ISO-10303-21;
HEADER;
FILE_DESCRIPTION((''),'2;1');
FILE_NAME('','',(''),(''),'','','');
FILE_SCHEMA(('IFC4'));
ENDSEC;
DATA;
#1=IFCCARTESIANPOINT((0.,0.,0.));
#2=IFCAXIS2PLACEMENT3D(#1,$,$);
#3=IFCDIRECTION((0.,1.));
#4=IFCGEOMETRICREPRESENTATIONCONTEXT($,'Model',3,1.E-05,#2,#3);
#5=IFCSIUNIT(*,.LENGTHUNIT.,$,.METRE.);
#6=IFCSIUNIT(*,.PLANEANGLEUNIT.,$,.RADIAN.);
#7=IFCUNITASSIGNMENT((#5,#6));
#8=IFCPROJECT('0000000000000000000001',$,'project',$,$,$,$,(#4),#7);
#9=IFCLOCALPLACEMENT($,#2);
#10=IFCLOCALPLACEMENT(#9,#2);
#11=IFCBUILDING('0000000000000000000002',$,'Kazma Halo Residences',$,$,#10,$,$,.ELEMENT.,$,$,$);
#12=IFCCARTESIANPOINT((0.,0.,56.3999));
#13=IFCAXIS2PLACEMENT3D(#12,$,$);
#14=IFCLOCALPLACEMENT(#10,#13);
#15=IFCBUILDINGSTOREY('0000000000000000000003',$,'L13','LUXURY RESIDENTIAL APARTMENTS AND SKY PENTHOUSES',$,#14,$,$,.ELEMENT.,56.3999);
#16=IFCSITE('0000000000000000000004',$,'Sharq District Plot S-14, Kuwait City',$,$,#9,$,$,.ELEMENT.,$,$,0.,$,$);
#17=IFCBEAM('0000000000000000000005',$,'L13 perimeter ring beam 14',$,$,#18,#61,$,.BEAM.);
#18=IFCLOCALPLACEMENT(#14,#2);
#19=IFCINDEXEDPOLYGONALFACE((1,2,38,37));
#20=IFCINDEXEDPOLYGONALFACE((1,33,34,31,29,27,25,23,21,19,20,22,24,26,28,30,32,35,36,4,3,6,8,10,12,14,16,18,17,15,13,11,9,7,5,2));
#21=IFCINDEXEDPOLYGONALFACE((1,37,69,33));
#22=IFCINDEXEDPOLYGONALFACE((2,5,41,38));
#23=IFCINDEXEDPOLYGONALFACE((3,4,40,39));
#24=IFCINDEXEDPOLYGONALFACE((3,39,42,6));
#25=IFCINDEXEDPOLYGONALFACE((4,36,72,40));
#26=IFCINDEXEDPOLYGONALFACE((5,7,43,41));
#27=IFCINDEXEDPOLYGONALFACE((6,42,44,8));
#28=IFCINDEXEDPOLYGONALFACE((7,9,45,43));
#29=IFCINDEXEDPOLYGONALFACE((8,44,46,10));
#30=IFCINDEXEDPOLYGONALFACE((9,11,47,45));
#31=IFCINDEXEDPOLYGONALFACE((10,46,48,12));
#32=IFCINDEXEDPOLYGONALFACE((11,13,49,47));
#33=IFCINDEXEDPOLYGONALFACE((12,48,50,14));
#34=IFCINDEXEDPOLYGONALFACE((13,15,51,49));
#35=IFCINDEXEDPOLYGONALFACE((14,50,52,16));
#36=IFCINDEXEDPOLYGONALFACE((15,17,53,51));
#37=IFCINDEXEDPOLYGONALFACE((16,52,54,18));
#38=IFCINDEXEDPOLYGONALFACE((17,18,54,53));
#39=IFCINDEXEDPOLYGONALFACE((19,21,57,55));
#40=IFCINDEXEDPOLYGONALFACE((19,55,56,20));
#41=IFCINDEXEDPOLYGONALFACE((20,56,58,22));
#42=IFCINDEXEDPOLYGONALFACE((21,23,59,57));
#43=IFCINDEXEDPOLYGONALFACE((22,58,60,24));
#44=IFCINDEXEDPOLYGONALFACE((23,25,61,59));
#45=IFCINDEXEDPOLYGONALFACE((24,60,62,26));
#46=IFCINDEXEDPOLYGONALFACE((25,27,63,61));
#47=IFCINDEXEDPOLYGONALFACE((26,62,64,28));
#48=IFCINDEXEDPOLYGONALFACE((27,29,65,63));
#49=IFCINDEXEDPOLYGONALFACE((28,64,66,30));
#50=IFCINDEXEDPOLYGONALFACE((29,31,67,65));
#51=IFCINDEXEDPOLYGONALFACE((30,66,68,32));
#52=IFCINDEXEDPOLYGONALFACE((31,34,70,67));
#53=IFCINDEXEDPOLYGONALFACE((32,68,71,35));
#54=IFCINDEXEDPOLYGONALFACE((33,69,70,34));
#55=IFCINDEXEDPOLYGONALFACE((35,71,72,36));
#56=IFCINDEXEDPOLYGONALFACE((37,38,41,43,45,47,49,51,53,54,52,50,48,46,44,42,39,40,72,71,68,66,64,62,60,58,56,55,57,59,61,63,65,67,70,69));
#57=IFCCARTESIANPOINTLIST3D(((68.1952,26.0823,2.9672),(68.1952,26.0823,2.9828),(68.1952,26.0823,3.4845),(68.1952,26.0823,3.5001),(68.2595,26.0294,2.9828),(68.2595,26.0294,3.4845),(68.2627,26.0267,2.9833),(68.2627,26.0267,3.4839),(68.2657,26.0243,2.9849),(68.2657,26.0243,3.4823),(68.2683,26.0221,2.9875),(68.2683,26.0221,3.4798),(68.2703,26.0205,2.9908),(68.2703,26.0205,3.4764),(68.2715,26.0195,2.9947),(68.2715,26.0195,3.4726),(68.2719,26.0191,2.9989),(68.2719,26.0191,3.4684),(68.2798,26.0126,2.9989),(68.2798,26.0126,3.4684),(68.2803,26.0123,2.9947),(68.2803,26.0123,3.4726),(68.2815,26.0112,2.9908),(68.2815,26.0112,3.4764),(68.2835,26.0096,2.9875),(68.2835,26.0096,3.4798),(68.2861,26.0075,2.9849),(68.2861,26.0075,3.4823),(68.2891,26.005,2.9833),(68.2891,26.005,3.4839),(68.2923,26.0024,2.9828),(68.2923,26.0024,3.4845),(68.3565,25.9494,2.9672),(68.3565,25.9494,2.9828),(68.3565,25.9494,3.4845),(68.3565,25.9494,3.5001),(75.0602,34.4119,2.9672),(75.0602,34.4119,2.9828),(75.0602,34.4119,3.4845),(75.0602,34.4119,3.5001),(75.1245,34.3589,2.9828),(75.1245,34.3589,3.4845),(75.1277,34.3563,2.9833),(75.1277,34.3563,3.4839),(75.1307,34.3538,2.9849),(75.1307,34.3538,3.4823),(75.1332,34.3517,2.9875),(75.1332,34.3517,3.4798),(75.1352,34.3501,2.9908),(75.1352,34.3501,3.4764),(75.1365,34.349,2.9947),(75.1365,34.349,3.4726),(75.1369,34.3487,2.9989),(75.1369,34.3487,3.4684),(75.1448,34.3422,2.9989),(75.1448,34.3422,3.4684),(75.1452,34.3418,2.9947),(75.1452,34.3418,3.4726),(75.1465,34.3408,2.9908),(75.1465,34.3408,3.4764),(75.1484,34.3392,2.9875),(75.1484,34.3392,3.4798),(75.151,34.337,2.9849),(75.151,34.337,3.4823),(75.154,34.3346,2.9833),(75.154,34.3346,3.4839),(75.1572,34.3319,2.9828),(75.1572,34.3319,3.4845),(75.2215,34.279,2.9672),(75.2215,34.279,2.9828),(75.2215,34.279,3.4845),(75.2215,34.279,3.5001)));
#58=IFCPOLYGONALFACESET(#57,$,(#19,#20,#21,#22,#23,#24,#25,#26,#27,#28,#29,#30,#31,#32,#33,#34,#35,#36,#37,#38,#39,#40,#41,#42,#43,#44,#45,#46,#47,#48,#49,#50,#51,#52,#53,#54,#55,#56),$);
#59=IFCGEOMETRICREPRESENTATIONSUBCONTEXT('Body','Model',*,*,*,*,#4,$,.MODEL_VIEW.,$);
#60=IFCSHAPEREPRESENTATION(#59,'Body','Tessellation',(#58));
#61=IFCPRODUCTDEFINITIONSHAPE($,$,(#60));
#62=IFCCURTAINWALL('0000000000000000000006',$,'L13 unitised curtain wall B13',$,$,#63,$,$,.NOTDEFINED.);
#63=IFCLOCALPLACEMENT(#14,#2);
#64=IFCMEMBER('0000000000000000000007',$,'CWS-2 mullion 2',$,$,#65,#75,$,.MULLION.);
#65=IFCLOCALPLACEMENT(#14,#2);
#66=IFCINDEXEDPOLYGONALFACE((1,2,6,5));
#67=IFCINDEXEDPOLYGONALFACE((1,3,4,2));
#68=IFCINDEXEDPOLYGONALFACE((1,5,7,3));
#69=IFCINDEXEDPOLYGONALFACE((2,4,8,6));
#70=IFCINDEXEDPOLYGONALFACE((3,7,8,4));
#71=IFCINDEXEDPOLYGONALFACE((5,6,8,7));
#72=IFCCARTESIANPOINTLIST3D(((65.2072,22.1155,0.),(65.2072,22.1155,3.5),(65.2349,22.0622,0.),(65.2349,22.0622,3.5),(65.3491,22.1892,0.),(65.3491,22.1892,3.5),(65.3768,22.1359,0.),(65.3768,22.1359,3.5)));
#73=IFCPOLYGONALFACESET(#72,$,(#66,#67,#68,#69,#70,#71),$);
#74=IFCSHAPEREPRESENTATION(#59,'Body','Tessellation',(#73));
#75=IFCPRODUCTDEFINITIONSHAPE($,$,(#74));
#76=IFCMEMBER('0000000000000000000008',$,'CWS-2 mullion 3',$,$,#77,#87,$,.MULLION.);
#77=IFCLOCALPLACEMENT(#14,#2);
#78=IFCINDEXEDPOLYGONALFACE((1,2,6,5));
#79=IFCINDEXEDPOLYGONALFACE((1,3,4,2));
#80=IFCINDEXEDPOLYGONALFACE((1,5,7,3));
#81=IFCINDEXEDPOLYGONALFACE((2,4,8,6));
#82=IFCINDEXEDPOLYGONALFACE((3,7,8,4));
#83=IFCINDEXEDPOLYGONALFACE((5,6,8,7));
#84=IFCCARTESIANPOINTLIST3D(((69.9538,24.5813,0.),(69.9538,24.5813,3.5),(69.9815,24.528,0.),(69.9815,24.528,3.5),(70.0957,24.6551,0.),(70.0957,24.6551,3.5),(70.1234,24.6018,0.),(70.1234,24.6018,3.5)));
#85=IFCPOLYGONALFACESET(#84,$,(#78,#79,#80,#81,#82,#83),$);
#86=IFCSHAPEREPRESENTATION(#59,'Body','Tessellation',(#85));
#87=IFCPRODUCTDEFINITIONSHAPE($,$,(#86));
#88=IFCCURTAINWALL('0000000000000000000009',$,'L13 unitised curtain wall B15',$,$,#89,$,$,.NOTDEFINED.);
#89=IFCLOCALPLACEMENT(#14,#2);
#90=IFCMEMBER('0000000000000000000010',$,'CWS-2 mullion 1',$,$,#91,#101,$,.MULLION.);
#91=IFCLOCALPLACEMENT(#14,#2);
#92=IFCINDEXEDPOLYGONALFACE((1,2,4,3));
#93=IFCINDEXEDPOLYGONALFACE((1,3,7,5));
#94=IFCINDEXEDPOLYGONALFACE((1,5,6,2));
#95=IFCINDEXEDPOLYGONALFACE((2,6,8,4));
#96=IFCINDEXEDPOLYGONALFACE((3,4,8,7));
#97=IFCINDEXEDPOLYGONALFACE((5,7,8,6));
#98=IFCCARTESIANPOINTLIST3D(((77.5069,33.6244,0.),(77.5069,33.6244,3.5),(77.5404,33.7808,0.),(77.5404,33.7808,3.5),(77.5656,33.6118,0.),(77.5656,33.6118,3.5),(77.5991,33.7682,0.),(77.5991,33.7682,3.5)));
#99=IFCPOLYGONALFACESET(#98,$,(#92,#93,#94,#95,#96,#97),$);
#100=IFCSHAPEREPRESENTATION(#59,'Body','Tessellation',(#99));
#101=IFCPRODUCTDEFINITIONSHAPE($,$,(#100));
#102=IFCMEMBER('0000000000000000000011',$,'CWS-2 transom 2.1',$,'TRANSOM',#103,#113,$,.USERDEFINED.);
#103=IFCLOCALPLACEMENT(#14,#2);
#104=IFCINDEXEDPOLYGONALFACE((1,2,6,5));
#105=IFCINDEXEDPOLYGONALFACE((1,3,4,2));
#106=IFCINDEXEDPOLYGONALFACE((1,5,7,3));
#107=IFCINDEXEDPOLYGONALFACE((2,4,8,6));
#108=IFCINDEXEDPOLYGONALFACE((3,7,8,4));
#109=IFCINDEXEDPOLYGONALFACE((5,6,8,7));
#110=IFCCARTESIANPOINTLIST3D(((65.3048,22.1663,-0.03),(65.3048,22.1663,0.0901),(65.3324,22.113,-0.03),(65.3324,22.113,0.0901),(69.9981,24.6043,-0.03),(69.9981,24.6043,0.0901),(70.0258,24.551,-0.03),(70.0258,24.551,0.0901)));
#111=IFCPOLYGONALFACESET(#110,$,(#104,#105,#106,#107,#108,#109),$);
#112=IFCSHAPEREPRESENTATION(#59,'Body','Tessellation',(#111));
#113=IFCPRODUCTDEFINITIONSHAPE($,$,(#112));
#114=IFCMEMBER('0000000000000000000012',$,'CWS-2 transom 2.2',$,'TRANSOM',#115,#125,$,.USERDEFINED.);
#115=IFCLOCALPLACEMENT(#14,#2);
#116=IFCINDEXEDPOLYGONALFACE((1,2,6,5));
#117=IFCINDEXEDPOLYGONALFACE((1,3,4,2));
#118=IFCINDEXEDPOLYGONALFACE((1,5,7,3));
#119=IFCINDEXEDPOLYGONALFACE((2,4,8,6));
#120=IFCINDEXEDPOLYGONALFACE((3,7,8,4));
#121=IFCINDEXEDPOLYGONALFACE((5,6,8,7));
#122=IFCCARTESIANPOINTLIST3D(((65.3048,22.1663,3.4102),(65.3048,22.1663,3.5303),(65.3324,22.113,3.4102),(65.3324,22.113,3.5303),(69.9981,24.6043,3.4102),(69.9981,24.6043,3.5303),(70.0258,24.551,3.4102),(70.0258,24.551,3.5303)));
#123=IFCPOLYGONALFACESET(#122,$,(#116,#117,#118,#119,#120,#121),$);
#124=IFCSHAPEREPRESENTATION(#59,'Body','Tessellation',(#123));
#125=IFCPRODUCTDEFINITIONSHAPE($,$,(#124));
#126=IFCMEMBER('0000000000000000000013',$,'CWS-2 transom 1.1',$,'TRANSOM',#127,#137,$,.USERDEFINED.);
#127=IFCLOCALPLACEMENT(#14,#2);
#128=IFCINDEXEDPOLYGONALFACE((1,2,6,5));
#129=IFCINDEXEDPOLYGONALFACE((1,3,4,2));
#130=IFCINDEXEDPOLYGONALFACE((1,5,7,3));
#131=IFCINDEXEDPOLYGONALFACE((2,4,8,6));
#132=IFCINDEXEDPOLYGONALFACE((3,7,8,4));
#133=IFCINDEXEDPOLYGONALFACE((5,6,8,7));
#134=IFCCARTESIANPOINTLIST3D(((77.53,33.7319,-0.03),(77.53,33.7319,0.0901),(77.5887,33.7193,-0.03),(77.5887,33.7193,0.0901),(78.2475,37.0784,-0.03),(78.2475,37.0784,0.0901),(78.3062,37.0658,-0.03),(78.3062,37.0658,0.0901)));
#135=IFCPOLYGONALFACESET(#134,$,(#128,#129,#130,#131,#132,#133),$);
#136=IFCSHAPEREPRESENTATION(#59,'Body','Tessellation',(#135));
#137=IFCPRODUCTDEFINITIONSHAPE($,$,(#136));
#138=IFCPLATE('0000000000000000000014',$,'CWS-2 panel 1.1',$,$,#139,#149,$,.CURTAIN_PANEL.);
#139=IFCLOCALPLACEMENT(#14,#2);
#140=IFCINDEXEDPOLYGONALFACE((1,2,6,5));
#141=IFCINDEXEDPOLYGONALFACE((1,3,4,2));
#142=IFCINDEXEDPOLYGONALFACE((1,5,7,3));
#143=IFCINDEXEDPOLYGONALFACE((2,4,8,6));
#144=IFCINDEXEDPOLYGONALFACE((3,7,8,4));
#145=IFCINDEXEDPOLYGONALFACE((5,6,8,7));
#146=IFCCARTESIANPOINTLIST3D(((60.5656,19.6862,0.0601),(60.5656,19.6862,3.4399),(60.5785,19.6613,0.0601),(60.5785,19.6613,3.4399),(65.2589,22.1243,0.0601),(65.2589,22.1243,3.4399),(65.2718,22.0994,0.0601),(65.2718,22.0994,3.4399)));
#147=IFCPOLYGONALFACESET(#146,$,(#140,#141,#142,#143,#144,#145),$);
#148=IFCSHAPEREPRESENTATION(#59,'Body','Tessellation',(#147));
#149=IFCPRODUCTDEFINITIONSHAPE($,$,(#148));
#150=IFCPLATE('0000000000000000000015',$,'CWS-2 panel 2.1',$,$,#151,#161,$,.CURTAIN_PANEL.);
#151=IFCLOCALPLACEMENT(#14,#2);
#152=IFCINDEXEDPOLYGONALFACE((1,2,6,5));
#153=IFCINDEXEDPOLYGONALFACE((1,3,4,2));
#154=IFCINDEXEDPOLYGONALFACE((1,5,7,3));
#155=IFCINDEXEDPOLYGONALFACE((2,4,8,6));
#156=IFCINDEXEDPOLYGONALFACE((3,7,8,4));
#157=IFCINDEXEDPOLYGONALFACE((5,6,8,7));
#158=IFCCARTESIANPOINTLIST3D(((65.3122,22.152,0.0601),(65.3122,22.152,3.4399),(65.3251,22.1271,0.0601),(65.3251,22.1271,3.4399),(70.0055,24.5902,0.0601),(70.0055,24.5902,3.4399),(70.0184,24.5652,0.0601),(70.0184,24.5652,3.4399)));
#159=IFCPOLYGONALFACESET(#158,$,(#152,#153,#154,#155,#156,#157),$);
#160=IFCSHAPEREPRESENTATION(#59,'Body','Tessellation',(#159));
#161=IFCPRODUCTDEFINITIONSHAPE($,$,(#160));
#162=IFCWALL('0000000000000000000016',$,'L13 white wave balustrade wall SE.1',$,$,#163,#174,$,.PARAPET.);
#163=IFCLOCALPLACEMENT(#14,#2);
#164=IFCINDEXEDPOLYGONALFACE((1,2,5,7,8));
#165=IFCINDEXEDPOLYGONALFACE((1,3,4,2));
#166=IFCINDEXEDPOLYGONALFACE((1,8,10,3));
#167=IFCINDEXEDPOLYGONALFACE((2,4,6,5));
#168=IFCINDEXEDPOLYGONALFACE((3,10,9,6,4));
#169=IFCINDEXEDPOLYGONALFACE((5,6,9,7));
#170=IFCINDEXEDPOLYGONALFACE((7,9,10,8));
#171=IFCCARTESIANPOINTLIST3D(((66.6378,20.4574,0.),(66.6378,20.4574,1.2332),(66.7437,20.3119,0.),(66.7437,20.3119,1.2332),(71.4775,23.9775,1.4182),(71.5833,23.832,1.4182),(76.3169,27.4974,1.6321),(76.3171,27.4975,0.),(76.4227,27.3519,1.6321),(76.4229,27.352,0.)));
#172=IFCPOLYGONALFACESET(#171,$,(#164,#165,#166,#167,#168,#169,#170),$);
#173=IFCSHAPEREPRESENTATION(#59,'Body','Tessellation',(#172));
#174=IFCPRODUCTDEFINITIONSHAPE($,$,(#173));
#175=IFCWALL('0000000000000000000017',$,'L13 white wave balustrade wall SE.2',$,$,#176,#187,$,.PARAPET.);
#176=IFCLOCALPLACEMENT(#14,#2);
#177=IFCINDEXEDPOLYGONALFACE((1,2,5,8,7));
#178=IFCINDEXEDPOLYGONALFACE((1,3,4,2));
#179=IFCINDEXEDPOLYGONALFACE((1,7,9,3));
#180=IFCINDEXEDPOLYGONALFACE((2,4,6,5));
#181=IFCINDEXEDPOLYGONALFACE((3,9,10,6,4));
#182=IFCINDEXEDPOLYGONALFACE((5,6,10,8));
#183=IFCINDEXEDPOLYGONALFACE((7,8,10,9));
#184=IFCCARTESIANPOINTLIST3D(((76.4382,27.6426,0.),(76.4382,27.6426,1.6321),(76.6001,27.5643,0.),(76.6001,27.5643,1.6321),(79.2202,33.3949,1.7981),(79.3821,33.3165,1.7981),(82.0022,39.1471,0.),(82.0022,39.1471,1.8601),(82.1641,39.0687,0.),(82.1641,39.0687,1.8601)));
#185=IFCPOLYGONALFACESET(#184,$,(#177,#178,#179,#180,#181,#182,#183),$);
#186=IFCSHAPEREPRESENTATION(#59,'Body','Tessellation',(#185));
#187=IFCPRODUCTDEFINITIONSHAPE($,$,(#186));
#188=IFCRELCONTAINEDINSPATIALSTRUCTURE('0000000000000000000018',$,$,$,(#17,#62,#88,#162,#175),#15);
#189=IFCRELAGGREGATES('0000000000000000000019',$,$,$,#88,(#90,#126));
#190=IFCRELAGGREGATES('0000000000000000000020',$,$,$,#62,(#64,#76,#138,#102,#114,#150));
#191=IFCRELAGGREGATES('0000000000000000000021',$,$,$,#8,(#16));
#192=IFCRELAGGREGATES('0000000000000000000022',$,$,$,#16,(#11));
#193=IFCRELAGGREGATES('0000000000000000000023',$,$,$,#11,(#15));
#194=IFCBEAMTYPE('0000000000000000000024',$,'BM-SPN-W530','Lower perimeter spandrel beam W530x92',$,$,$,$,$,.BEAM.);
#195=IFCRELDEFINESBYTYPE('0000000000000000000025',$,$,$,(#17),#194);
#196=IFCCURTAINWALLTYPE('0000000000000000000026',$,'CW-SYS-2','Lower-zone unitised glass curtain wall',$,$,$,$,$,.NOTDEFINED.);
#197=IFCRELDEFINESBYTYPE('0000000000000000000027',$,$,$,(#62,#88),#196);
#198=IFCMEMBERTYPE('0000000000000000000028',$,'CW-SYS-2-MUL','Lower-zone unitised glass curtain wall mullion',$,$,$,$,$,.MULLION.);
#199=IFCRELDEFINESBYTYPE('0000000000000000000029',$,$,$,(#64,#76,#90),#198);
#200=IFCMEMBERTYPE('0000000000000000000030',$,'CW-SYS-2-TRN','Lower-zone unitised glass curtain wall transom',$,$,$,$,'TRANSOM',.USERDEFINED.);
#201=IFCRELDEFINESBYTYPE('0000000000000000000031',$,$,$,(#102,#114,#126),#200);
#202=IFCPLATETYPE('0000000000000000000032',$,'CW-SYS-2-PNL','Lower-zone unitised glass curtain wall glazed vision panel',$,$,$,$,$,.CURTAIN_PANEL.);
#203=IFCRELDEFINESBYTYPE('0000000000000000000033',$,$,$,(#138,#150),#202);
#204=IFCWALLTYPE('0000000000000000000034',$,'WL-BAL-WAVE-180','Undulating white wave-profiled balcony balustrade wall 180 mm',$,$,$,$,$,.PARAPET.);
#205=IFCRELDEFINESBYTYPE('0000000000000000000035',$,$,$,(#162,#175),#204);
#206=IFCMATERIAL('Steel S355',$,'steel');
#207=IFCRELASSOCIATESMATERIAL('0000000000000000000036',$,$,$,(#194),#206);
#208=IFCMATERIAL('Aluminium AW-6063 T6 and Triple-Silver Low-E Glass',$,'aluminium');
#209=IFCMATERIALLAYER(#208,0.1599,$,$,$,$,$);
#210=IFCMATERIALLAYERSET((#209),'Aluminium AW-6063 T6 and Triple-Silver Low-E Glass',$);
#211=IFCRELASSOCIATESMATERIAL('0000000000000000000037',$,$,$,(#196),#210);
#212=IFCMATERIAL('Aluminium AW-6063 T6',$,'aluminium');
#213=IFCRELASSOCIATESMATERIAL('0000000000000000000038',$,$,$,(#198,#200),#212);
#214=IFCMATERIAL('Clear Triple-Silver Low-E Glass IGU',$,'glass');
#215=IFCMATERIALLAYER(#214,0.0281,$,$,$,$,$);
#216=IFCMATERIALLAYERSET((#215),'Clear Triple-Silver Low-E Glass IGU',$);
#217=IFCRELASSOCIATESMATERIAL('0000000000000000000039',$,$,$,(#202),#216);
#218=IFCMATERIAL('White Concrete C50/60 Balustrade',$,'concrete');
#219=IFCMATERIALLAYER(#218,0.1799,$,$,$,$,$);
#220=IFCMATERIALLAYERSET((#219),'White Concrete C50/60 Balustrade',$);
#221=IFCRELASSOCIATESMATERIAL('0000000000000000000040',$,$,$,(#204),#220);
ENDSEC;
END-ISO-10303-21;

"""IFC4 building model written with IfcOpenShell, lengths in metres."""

from ifc_helpers import new_model, si_unit, direction, frame, origin, origin_2d, place, context, subcontext, project, spatial, polyline, rectangle, i_section, outline, extrude, material, layer, layer_set, material_profile, profile_set, type_object, element, aggregate, save


model = new_model("IFC4")

# Units and contexts
model_context = context("Model", 3, precision=1e-05, world=origin(), true_north=direction((0.0, 1.0)))
body_context = subcontext(model_context, "Body", "Model", "MODEL_VIEW")
ifc_project = project(units=[si_unit("LENGTHUNIT", "METRE"), si_unit("PLANEANGLEUNIT", "RADIAN")], contexts=[model_context])

# Site, building, storey
site_placement = place(None, origin())
site = spatial("IfcSite", under=ifc_project, at=site_placement, Name="Sharq District Plot S-14, Kuwait City", CompositionType="ELEMENT", RefElevation=0.0)
building_placement = place(site_placement, origin())
building = spatial("IfcBuilding", under=site, at=building_placement, Name="Kazma Halo Residences", CompositionType="ELEMENT")
storey_placement = place(building_placement, frame((0.0, 0.0, 56.3999)))
storey = spatial("IfcBuildingStorey", under=building, at=storey_placement, Name="L13", Description="LUXURY RESIDENTIAL APARTMENTS AND SKY PENTHOUSES", CompositionType="ELEMENT", Elevation=56.3999)

# Beam
ifc_material_1 = material(Name="Steel S355", Category="steel")
ifc_material_profile_1 = material_profile(ifc_material_1, i_section(OverallWidth=0.209, OverallDepth=0.533, WebThickness=0.0103, FlangeThickness=0.0156, FilletRadius=0.0161, at=origin_2d()), Name="W530x92")
ifc_profile_set_1 = profile_set([ifc_material_profile_1], Name="Steel S355")
beam_type_1 = type_object("IfcBeamType", Name="BM-SPN-W530", Description="Lower perimeter spandrel beam W530x92", PredefinedType="BEAM", material=ifc_profile_set_1)
beam_1_placement = place(storey_placement, frame((68.2759, 26.0159, 3.2336), z_axis=(0.636001, 0.771688, 0.0), x_axis=(-0.771688, 0.636001, 0.0)))
element("IfcBeam", 1, at=beam_1_placement, inside=storey, type_object=beam_type_1, Name="L13 perimeter ring beam 14", PredefinedType="BEAM", context=body_context, shape_type="SweptSolid", body=[
    extrude(i_section(OverallWidth=0.209, OverallDepth=0.533, WebThickness=0.0103, FlangeThickness=0.0156, FilletRadius=0.0161, at=origin_2d()), origin(), (0.0, 0.0, 1.0), 10.7939),
])

# Curtain wall, members
ifc_material_2 = material(Name="Aluminium AW-6063 T6 and Triple-Silver Low-E Glass", Category="aluminium")
ifc_layer_1 = layer(ifc_material_2, 0.1599)
ifc_layer_set_1 = layer_set([ifc_layer_1], Name="Aluminium AW-6063 T6 and Triple-Silver Low-E Glass")
curtain_wall_type = type_object("IfcCurtainWallType", Name="CW-SYS-2", Description="Lower-zone unitised glass curtain wall", PredefinedType="NOTDEFINED", material=ifc_layer_set_1)
curtain_wall_1_placement = place(storey_placement, origin())
curtain_wall_1 = element("IfcCurtainWall", 2, at=curtain_wall_1_placement, inside=storey, type_object=curtain_wall_type, Name="L13 unitised curtain wall B13", PredefinedType="NOTDEFINED")
ifc_material_3 = material(Name="Aluminium AW-6063 T6", Category="aluminium")
ifc_material_profile_2 = material_profile(ifc_material_3, rectangle(XDim=0.0601, YDim=0.1599, at=origin_2d()), Name="CWM-60x160")
ifc_profile_set_2 = profile_set([ifc_material_profile_2], Name="Aluminium AW-6063 T6")
member_type_1 = type_object("IfcMemberType", Name="CW-SYS-2-MUL", Description="Lower-zone unitised glass curtain wall mullion", PredefinedType="MULLION", material=ifc_profile_set_2)
member_1_placement = place(storey_placement, frame((65.292, 22.1257, 0.0), z_axis=(0.0, 0.0, 1.0), x_axis=(-0.460996, 0.887402, 0.0)))
member_1 = element("IfcMember", 3, at=member_1_placement, type_object=member_type_1, Name="CWS-2 mullion 2", PredefinedType="MULLION", context=body_context, shape_type="SweptSolid", body=[
    extrude(rectangle(XDim=0.0601, YDim=0.1599, at=origin_2d()), origin(), (0.0, 0.0, 1.0), 3.5),
])
member_2_placement = place(storey_placement, frame((70.0386, 24.5916, 0.0), z_axis=(0.0, 0.0, 1.0), x_axis=(-0.460996, 0.887402, 0.0)))
member_2 = element("IfcMember", 4, at=member_2_placement, type_object=member_type_1, Name="CWS-2 mullion 3", PredefinedType="MULLION", context=body_context, shape_type="SweptSolid", body=[
    extrude(rectangle(XDim=0.0601, YDim=0.1599, at=origin_2d()), origin(), (0.0, 0.0, 1.0), 3.5),
])

# Curtain wall, member
curtain_wall_2_placement = place(storey_placement, origin())
curtain_wall_2 = element("IfcCurtainWall", 5, at=curtain_wall_2_placement, inside=storey, type_object=curtain_wall_type, Name="L13 unitised curtain wall B15", PredefinedType="NOTDEFINED")
member_3_placement = place(storey_placement, frame((77.553, 33.6963, 0.0), z_axis=(0.0, 0.0, 1.0), x_axis=(-0.977779, 0.209637, 0.0)))
member_3 = element("IfcMember", 6, at=member_3_placement, type_object=member_type_1, Name="CWS-2 mullion 1", PredefinedType="MULLION", context=body_context, shape_type="SweptSolid", body=[
    extrude(rectangle(XDim=0.0601, YDim=0.1599, at=origin_2d()), origin(), (0.0, 0.0, 1.0), 3.5),
])

# Members
ifc_material_profile_3 = material_profile(ifc_material_3, rectangle(XDim=0.0601, YDim=0.1201, at=origin_2d()), Name="CWT-60x120")
ifc_profile_set_3 = profile_set([ifc_material_profile_3], Name="Aluminium AW-6063 T6")
member_type_2 = type_object("IfcMemberType", Name="CW-SYS-2-TRN", Description="Lower-zone unitised glass curtain wall transom", ElementType="TRANSOM", PredefinedType="USERDEFINED", material=ifc_profile_set_3)
member_4_placement = place(storey_placement, frame((65.3186, 22.1396, 0.03), z_axis=(0.887415, 0.460972, 0.0), x_axis=(-0.460972, 0.887415, 0.0)))
member_4 = element("IfcMember", 7, at=member_4_placement, type_object=member_type_2, Name="CWS-2 transom 2.1", ObjectType="TRANSOM", PredefinedType="USERDEFINED", context=body_context, shape_type="SweptSolid", body=[
    extrude(rectangle(XDim=0.0601, YDim=0.1201, at=origin_2d()), origin(), (0.0, 0.0, 1.0), 5.2888),
])
member_5_placement = place(storey_placement, frame((65.3186, 22.1396, 3.4702), z_axis=(0.887415, 0.460972, 0.0), x_axis=(-0.460972, 0.887415, 0.0)))
member_5 = element("IfcMember", 8, at=member_5_placement, type_object=member_type_2, Name="CWS-2 transom 2.2", ObjectType="TRANSOM", PredefinedType="USERDEFINED", context=body_context, shape_type="SweptSolid", body=[
    extrude(rectangle(XDim=0.0601, YDim=0.1201, at=origin_2d()), origin(), (0.0, 0.0, 1.0), 5.2888),
])
member_6_placement = place(storey_placement, frame((77.5593, 33.7256, 0.03), z_axis=(0.209651, 0.977776, 0.0), x_axis=(-0.977776, 0.209651, 0.0)))
member_6 = element("IfcMember", 9, at=member_6_placement, type_object=member_type_2, Name="CWS-2 transom 1.1", ObjectType="TRANSOM", PredefinedType="USERDEFINED", context=body_context, shape_type="SweptSolid", body=[
    extrude(rectangle(XDim=0.0601, YDim=0.1201, at=origin_2d()), origin(), (0.0, 0.0, 1.0), 3.4226),
])
aggregate(curtain_wall_2, [member_3, member_6])

# Plates
ifc_material_4 = material(Name="Clear Triple-Silver Low-E Glass IGU", Category="glass")
ifc_layer_2 = layer(ifc_material_4, 0.0281)
ifc_layer_set_2 = layer_set([ifc_layer_2], Name="Clear Triple-Silver Low-E Glass IGU")
plate_type = type_object("IfcPlateType", Name="CW-SYS-2-PNL", Description="Lower-zone unitised glass curtain wall glazed vision panel", PredefinedType="CURTAIN_PANEL", material=ifc_layer_set_2)
plate_1_placement = place(storey_placement, frame((62.9187, 20.8928, 0.0601), z_axis=(0.0, 0.0, 1.0), x_axis=(0.887402, 0.460996, 0.0)))
plate_1 = element("IfcPlate", 10, at=plate_1_placement, type_object=plate_type, Name="CWS-2 panel 1.1", PredefinedType="CURTAIN_PANEL", context=body_context, shape_type="SweptSolid", body=[
    extrude(rectangle(XDim=5.2888, YDim=0.0281, at=origin_2d()), origin(), (0.0, 0.0, 1.0), 3.3799),
])
plate_2_placement = place(storey_placement, frame((67.6653, 23.3586, 0.0601), z_axis=(0.0, 0.0, 1.0), x_axis=(0.887402, 0.460996, 0.0)))
plate_2 = element("IfcPlate", 11, at=plate_2_placement, type_object=plate_type, Name="CWS-2 panel 2.1", PredefinedType="CURTAIN_PANEL", context=body_context, shape_type="SweptSolid", body=[
    extrude(rectangle(XDim=5.2888, YDim=0.0281, at=origin_2d()), origin(), (0.0, 0.0, 1.0), 3.3799),
])
aggregate(curtain_wall_1, [member_1, member_2, plate_1, member_4, member_5, plate_2])

# Walls
ifc_material_5 = material(Name="White Concrete C50/60 Balustrade", Category="concrete")
ifc_layer_3 = layer(ifc_material_5, 0.1799)
ifc_layer_set_3 = layer_set([ifc_layer_3], Name="White Concrete C50/60 Balustrade")
wall_type_1 = type_object("IfcWallType", Name="WL-BAL-WAVE-180", Description="Undulating white wave-profiled balcony balustrade wall 180 mm", PredefinedType="PARAPET", material=ifc_layer_set_3)
wall_1_placement = place(storey_placement, frame((66.6907, 20.3848, 0.0), z_axis=(0.0, 0.0, 1.0), x_axis=(0.808711, 0.588206, 0.0)))
element("IfcWall", 12, at=wall_1_placement, inside=storey, type_object=wall_type_1, Name="L13 white wave balustrade wall SE.1", PredefinedType="PARAPET", context=body_context, shape_type="SweptSolid", body=[
    extrude(outline(polyline([(0.0, 0.0), (11.9688, 0.0), (11.9685, 1.6321), (5.9844, 1.4182), (0.0, 1.2332), (0.0, 0.0)])), frame((0.0, 0.0898, 0.0), z_axis=(0.0, -1.0, 0.0), x_axis=(1.0, 0.0, 0.0)), (0.0, 0.0, 1.0), 0.1799),
])
wall_2_placement = place(storey_placement, frame((76.519, 27.6035, 0.0), z_axis=(0.0, 0.0, 1.0), x_axis=(0.435391, 0.900241, 0.0)))
element("IfcWall", 13, at=wall_2_placement, inside=storey, type_object=wall_type_1, Name="L13 white wave balustrade wall SE.2", PredefinedType="PARAPET", context=body_context, shape_type="SweptSolid", body=[
    extrude(outline(polyline([(0.0, 0.0), (12.7793, 0.0), (12.7793, 1.8601), (6.3896, 1.7981), (0.0, 1.6321), (0.0, 0.0)])), frame((0.0, 0.0898, 0.0), z_axis=(0.0, -1.0, 0.0), x_axis=(1.0, 0.0, 0.0)), (0.0, 0.0, 1.0), 0.1799),
])

save(model, "model.ifc")
